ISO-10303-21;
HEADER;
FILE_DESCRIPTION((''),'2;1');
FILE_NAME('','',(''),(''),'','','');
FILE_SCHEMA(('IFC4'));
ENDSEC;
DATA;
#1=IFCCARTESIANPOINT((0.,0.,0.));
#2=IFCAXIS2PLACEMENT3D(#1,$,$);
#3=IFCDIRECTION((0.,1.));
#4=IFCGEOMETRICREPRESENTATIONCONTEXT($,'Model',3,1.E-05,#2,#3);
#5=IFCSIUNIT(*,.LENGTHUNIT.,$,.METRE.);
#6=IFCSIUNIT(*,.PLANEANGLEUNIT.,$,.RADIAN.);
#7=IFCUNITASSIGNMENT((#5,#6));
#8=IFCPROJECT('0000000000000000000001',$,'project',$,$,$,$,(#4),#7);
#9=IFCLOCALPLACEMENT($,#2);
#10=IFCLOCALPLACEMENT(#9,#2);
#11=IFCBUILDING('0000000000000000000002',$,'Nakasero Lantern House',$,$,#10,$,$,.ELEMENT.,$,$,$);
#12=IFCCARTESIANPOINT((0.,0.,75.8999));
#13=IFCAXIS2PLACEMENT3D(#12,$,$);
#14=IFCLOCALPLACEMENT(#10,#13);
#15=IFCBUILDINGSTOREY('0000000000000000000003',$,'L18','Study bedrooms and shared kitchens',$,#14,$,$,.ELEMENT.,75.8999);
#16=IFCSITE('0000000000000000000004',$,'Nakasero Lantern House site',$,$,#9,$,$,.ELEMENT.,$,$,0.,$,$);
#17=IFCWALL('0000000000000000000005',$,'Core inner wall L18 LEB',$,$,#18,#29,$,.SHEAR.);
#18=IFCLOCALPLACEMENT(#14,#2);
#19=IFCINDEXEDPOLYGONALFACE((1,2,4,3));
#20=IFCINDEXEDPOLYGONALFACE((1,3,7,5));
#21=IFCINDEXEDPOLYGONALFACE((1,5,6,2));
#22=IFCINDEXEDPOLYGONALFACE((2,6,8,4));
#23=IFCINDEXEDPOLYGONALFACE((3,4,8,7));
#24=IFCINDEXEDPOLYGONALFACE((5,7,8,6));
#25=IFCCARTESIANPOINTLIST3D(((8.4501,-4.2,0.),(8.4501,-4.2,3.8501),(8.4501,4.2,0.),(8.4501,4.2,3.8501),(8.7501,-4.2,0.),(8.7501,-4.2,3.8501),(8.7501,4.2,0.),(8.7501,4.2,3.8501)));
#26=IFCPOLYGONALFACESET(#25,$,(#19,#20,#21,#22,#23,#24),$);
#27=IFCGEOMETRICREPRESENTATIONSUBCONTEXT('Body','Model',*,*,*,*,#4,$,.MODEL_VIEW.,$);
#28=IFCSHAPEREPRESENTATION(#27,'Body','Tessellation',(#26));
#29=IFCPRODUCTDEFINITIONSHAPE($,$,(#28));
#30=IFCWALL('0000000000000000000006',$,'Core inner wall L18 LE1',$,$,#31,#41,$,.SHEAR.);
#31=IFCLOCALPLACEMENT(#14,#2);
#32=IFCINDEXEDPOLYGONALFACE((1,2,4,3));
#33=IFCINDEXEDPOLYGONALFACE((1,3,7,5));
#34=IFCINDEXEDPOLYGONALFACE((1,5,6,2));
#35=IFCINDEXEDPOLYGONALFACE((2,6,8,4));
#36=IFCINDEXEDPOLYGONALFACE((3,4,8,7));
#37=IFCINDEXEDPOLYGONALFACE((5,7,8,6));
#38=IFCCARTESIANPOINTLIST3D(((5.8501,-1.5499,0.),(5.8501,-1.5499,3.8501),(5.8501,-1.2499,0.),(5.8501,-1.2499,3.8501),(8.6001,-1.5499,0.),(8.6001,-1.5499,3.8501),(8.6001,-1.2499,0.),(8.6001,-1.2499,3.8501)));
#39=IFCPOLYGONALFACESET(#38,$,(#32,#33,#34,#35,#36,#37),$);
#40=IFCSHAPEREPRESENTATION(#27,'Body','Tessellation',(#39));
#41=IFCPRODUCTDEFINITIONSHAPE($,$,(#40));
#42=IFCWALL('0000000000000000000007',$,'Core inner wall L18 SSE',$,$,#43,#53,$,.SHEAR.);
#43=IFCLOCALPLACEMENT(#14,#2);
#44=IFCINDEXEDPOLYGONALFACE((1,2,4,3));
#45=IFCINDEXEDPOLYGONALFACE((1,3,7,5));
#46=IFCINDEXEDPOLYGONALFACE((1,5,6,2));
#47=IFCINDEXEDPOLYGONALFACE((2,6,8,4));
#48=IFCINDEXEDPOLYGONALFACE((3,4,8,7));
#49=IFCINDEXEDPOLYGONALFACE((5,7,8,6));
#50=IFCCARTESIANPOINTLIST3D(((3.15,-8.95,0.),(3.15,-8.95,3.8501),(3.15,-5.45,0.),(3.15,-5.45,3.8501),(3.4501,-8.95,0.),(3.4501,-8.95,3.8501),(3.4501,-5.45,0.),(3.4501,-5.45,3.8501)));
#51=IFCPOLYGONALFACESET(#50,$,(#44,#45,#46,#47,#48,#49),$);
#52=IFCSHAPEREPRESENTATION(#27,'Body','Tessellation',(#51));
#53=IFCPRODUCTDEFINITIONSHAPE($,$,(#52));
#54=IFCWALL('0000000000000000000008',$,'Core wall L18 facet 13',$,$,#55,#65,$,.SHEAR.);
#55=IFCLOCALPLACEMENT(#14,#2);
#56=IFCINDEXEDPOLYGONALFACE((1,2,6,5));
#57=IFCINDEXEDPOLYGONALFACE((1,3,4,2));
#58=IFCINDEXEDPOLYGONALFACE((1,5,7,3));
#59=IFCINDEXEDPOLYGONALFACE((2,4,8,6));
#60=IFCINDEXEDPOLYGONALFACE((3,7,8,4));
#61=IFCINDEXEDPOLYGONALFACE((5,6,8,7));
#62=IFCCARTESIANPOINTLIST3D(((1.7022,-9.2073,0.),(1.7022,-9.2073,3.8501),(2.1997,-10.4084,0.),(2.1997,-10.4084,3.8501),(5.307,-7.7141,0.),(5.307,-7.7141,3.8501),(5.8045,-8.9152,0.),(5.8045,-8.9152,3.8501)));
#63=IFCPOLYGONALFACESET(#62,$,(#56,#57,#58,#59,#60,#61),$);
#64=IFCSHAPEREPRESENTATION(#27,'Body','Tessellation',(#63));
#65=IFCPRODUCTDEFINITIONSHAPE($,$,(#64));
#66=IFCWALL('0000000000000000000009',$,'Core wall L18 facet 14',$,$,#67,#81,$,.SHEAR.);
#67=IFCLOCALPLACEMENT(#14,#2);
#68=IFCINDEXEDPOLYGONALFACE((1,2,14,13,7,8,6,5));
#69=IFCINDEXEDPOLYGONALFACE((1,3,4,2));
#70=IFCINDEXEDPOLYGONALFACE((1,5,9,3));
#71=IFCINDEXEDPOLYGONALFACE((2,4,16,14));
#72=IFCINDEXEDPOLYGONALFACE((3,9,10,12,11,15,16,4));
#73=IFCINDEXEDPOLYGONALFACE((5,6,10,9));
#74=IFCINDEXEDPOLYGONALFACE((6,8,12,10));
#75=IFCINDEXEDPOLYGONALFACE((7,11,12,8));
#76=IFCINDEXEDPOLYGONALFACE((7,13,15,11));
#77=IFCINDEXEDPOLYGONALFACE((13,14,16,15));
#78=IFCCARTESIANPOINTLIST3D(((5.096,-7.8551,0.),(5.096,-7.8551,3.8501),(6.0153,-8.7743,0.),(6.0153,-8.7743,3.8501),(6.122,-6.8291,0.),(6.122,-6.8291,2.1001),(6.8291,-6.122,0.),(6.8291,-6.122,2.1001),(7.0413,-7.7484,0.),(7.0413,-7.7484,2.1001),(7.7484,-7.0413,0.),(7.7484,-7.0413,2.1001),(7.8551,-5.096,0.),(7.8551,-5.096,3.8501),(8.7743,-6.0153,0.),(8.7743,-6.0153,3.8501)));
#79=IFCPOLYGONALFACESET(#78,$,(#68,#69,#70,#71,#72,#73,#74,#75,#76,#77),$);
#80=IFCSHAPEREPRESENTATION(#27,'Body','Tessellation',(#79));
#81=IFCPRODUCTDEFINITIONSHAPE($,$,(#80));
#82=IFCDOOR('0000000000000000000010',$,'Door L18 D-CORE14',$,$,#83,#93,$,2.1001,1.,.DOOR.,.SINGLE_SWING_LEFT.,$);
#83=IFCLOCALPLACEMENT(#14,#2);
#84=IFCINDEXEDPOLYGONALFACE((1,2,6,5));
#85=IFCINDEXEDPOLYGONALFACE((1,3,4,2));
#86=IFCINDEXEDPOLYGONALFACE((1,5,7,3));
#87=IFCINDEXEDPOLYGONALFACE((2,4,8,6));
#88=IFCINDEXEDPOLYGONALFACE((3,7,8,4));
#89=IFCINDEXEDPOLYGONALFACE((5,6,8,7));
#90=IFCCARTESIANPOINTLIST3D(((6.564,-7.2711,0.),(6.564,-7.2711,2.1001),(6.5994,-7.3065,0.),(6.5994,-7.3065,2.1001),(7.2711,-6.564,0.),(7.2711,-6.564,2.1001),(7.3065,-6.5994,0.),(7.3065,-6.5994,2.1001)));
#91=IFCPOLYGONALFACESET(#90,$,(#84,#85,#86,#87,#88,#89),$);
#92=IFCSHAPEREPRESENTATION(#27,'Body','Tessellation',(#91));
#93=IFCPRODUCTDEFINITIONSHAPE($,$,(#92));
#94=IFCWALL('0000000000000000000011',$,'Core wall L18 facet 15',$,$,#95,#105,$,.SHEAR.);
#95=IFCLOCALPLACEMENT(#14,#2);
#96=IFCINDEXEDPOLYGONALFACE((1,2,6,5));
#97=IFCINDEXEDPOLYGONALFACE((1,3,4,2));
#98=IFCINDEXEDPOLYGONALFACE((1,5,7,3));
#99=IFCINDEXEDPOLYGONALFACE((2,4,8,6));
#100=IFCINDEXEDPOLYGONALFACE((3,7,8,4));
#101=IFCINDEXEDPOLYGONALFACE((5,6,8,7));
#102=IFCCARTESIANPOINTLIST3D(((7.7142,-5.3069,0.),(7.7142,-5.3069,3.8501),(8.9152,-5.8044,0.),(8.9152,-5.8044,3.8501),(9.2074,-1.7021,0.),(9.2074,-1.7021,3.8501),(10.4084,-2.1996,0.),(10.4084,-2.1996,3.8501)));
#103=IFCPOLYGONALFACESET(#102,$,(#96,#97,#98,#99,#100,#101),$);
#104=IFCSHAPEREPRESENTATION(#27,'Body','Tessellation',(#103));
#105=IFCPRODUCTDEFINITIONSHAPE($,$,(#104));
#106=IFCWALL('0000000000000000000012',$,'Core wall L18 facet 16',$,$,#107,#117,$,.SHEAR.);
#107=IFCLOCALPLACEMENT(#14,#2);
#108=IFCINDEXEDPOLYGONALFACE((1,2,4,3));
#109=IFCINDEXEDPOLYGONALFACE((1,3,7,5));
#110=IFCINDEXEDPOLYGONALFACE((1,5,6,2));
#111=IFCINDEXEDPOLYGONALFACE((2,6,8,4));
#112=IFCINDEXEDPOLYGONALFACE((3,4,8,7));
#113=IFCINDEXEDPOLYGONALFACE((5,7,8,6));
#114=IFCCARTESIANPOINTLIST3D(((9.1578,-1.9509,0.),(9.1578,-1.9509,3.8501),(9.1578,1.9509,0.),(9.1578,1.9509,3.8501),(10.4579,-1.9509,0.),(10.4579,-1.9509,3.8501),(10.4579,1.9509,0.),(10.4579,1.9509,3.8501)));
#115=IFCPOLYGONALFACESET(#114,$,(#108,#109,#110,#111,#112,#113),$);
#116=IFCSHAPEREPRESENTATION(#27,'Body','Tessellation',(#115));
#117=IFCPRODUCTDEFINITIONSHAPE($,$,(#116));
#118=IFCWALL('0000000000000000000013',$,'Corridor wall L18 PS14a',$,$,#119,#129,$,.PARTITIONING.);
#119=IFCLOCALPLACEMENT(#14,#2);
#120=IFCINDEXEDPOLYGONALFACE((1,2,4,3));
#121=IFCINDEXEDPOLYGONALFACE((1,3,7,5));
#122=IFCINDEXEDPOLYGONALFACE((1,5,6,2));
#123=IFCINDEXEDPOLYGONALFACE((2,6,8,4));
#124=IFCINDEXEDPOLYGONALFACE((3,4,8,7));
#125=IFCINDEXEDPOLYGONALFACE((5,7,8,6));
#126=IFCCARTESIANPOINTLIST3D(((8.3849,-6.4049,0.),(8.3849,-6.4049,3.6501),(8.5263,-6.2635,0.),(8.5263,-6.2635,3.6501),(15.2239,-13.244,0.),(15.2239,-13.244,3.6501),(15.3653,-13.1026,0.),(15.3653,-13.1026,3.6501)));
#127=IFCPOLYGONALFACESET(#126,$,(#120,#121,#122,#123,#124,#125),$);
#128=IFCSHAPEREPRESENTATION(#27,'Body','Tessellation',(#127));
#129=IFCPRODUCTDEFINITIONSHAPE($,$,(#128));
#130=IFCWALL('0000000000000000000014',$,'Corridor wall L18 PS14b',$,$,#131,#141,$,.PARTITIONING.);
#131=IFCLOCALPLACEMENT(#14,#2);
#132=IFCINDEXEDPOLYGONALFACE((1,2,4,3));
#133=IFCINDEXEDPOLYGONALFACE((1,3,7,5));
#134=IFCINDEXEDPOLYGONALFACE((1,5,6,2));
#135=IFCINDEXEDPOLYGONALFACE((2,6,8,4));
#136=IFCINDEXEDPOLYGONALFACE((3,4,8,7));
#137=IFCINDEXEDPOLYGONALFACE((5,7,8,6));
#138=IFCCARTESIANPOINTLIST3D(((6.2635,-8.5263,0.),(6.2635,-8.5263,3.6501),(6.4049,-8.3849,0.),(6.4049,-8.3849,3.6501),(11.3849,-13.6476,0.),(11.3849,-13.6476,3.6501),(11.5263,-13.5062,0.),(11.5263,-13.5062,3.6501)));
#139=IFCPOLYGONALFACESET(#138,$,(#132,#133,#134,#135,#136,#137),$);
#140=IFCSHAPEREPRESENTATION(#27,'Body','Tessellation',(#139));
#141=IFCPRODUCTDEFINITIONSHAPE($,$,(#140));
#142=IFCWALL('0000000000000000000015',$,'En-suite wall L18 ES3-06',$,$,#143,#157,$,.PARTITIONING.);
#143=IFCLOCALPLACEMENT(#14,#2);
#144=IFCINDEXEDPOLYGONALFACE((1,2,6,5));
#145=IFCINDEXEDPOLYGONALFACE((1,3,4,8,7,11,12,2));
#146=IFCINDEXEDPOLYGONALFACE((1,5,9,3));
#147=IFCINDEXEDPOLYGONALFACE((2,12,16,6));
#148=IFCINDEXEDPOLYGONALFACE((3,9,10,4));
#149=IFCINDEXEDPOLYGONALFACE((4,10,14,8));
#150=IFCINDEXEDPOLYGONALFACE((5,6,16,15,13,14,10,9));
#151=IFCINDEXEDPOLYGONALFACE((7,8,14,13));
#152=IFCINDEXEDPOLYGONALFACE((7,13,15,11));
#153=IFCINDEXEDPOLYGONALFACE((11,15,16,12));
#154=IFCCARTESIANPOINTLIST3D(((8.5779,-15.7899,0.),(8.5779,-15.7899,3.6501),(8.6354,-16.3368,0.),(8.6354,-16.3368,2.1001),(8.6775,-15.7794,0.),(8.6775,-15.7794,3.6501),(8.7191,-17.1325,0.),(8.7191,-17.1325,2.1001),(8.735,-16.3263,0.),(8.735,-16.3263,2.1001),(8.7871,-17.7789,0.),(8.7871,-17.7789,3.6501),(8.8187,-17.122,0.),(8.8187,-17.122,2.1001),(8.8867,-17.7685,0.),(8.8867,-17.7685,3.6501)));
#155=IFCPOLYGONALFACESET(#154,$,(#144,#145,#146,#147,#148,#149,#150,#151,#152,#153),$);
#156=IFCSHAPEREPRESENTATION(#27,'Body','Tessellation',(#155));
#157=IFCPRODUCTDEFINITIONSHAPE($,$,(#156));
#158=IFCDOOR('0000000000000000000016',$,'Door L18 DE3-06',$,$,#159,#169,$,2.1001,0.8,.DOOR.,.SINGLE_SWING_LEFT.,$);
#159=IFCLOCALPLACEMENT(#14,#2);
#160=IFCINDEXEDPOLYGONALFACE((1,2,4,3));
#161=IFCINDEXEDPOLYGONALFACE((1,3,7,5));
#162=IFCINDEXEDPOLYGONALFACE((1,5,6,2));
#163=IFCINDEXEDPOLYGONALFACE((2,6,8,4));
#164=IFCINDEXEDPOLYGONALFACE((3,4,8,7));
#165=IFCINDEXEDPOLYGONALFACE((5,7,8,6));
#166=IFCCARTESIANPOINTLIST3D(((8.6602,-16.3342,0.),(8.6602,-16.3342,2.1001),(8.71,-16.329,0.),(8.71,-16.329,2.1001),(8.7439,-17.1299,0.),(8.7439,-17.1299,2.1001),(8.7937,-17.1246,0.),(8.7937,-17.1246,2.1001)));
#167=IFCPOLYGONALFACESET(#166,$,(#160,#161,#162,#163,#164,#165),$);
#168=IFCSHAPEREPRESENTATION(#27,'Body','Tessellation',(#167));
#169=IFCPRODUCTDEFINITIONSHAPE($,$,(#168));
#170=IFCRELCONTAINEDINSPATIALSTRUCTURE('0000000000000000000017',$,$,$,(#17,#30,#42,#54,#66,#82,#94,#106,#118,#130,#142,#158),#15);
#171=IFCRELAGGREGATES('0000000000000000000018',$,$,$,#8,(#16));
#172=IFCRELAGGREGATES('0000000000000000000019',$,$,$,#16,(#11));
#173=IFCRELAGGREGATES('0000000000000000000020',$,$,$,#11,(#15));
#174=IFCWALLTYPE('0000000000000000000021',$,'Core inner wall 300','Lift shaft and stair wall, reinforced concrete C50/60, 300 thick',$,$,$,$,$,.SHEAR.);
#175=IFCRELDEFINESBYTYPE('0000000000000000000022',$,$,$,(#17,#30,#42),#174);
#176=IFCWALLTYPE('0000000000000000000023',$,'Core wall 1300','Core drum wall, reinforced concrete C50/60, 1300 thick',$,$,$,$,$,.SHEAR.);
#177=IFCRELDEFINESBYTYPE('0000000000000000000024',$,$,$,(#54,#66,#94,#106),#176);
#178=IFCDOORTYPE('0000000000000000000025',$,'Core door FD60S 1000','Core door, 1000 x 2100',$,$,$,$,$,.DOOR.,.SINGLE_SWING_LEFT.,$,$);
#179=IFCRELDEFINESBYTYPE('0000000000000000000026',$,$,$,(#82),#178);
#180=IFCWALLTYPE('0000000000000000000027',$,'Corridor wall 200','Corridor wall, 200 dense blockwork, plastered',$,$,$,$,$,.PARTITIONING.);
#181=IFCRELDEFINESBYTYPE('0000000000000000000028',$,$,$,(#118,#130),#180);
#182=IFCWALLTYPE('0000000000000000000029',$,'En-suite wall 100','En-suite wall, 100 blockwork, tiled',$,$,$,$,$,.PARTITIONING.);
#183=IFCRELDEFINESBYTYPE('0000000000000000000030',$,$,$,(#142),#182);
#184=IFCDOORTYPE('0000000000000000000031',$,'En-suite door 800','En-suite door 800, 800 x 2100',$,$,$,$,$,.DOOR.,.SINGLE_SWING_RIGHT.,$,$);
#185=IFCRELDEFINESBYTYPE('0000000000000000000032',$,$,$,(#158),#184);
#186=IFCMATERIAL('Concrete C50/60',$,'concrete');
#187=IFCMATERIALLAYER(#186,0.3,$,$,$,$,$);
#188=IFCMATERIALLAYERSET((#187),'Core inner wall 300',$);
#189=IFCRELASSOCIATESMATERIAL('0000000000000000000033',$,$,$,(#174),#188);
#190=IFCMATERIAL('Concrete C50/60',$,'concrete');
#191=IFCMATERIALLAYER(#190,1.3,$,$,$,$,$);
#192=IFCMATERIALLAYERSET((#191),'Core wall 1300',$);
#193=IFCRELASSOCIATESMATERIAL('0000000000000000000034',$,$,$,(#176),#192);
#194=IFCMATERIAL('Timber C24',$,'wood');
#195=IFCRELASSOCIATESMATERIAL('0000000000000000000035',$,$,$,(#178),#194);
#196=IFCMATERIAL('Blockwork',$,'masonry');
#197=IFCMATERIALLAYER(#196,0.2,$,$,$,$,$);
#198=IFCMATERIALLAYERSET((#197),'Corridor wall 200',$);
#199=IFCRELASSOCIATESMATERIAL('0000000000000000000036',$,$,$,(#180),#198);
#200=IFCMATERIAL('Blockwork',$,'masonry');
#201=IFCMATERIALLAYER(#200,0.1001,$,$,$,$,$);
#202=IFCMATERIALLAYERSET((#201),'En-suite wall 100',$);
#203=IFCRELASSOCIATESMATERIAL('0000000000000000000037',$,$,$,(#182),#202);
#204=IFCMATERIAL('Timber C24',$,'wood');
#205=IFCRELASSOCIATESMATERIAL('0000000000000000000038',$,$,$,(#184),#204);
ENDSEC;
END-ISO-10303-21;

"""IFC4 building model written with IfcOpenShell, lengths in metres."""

from ifc_helpers import new_model, si_unit, direction, frame, frame_2d, origin, place, context, subcontext, project, spatial, rectangle, extrude, material, layer, layer_set, type_object, element, fill, save


model = new_model("IFC4")

# Units and contexts
model_context = context("Model", 3, precision=1e-05, world=origin(), true_north=direction((0.0, 1.0)))
body_context = subcontext(model_context, "Body", "Model", "MODEL_VIEW")
ifc_project = project(units=[si_unit("LENGTHUNIT", "METRE"), si_unit("PLANEANGLEUNIT", "RADIAN")], contexts=[model_context])

# Site, building, storey
site_placement = place(None, origin())
site = spatial("IfcSite", under=ifc_project, at=site_placement, Name="Nakasero Lantern House site", CompositionType="ELEMENT", RefElevation=0.0)
building_placement = place(site_placement, origin())
building = spatial("IfcBuilding", under=site, at=building_placement, Name="Nakasero Lantern House", CompositionType="ELEMENT")
storey_placement = place(building_placement, frame((0.0, 0.0, 75.8999)))
storey = spatial("IfcBuildingStorey", under=building, at=storey_placement, Name="L18", Description="Study bedrooms and shared kitchens", CompositionType="ELEMENT", Elevation=75.8999)

# Shared definitions
ifc_material_1 = material(Name="Concrete C50/60", Category="concrete")
ifc_layer_1 = layer(ifc_material_1, 0.3)
ifc_layer_set_1 = layer_set([ifc_layer_1], Name="Core inner wall 300")
wall_type_1 = type_object("IfcWallType", Name="Core inner wall 300", Description="Lift shaft and stair wall, reinforced concrete C50/60, 300 thick", PredefinedType="SHEAR", material=ifc_layer_set_1)

# Walls
wall_1_placement = place(storey_placement, frame((8.6001, -4.2, 0.0), z_axis=(0.0, 0.0, 1.0), x_axis=(0.0, 1.0, 0.0)))
element("IfcWall", 1, at=wall_1_placement, inside=storey, type_object=wall_type_1, Name="Core inner wall L18 LEB", PredefinedType="SHEAR", context=body_context, shape_type="SweptSolid", body=[
    extrude(rectangle(XDim=8.3999, YDim=0.3, at=frame_2d((4.2, 0.0))), origin(), (0.0, 0.0, 1.0), 3.8501),
])
wall_2_placement = place(storey_placement, frame((5.8501, -1.3999, 0.0), z_axis=(0.0, 0.0, 1.0), x_axis=(1.0, 0.0, 0.0)))
element("IfcWall", 2, at=wall_2_placement, inside=storey, type_object=wall_type_1, Name="Core inner wall L18 LE1", PredefinedType="SHEAR", context=body_context, shape_type="SweptSolid", body=[
    extrude(rectangle(XDim=2.75, YDim=0.3, at=frame_2d((1.375, 0.0))), origin(), (0.0, 0.0, 1.0), 3.8501),
])
wall_3_placement = place(storey_placement, frame((3.3, -5.45, 0.0), z_axis=(0.0, 0.0, 1.0), x_axis=(0.0, -1.0, 0.0)))
element("IfcWall", 3, at=wall_3_placement, inside=storey, type_object=wall_type_1, Name="Core inner wall L18 SSE", PredefinedType="SHEAR", context=body_context, shape_type="SweptSolid", body=[
    extrude(rectangle(XDim=3.5, YDim=0.3, at=frame_2d((1.75, 0.0))), origin(), (0.0, 0.0, 1.0), 3.8501),
])
ifc_material_2 = material(Name="Concrete C50/60", Category="concrete")
ifc_layer_2 = layer(ifc_material_2, 1.3)
ifc_layer_set_2 = layer_set([ifc_layer_2], Name="Core wall 1300")
wall_type_2 = type_object("IfcWallType", Name="Core wall 1300", Description="Core drum wall, reinforced concrete C50/60, 1300 thick", PredefinedType="SHEAR", material=ifc_layer_set_2)
wall_4_placement = place(storey_placement, frame((1.9509, -9.8079, 0.0), z_axis=(0.0, 0.0, 1.0), x_axis=(0.923877, 0.382691, 0.0)))
element("IfcWall", 4, at=wall_4_placement, inside=storey, type_object=wall_type_2, Name="Core wall L18 facet 13", PredefinedType="SHEAR", context=body_context, shape_type="SweptSolid", body=[
    extrude(rectangle(XDim=3.9019, YDim=1.3, at=frame_2d((1.9509, 0.0))), origin(), (0.0, 0.0, 1.0), 3.8501),
])

# Wall, opening, door
wall_5_placement = place(storey_placement, frame((5.5557, -8.3147, 0.0), z_axis=(0.0, 0.0, 1.0), x_axis=(0.707107, 0.707107, 0.0)))
wall_5 = element("IfcWall", 5, at=wall_5_placement, inside=storey, type_object=wall_type_2, Name="Core wall L18 facet 14", PredefinedType="SHEAR", context=body_context, shape_type="SweptSolid", body=[
    extrude(rectangle(XDim=3.9019, YDim=1.3, at=frame_2d((1.9509, 0.0))), origin(), (0.0, 0.0, 1.0), 3.8501),
])
opening_1_placement = place(wall_5_placement, frame((1.4509, 0.0, 0.0)))
opening_1 = element("IfcOpeningElement", 6, at=opening_1_placement, cuts=wall_5, PredefinedType="OPENING", context=body_context, shape_type="SweptSolid", body=[
    extrude(rectangle(XDim=1.0, YDim=2.1001, at=frame_2d((0.5, 1.05))), frame((0.0, 0.6699, 0.0), z_axis=(0.0, -1.0, 0.0), x_axis=(1.0, 0.0, 0.0)), (0.0, 0.0, 1.0), 1.3401),
])
ifc_material_3 = material(Name="Timber C24", Category="wood")
door_type_1 = type_object("IfcDoorType", Name="Core door FD60S 1000", Description="Core door, 1000 x 2100", OperationType="SINGLE_SWING_LEFT", PredefinedType="DOOR", material=ifc_material_3)
door_1_placement = place(opening_1_placement, origin())
door_1 = element("IfcDoor", 7, at=door_1_placement, inside=storey, type_object=door_type_1, Name="Door L18 D-CORE14", OperationType="SINGLE_SWING_LEFT", OverallHeight=2.1001, OverallWidth=1.0, PredefinedType="DOOR", context=body_context, shape_type="SweptSolid", body=[
    extrude(rectangle(XDim=1.0, YDim=2.1001, at=frame_2d((0.5, 1.05))), frame((0.0, 0.0249, 0.0), z_axis=(0.0, -1.0, 0.0), x_axis=(1.0, 0.0, 0.0)), (0.0, 0.0, 1.0), 0.05),
])
fill(opening_1, door_1)

# Walls
for number, where, z_axis, x_axis, name in (
    (8, (8.3147, -5.5557, 0.0), (0.0, 0.0, 1.0), (0.382691, 0.923877, 0.0), "Core wall L18 facet 15"),
    (9, (9.8079, -1.9509, 0.0), (0.0, 0.0, 1.0), (0.0, 1.0, 0.0), "Core wall L18 facet 16"),
):
    element("IfcWall", number, at=place(storey_placement, frame(where, z_axis=z_axis, x_axis=x_axis)), inside=storey, type_object=wall_type_2, Name=name, PredefinedType="SHEAR", context=body_context, shape_type="SweptSolid", body=[
        extrude(rectangle(XDim=3.9019, YDim=1.3, at=frame_2d((1.9509, 0.0))), origin(), (0.0, 0.0, 1.0), 3.8501),
    ])
ifc_material_4 = material(Name="Blockwork", Category="masonry")
ifc_layer_3 = layer(ifc_material_4, 0.2)
ifc_layer_set_3 = layer_set([ifc_layer_3], Name="Corridor wall 200")
wall_type_3 = type_object("IfcWallType", Name="Corridor wall 200", Description="Corridor wall, 200 dense blockwork, plastered", PredefinedType="PARTITIONING", material=ifc_layer_set_3)
wall_6_placement = place(storey_placement, frame((8.4556, -6.3342, 0.0), z_axis=(0.0, 0.0, 1.0), x_axis=(0.707107, -0.707107, 0.0)))
element("IfcWall", 10, at=wall_6_placement, inside=storey, type_object=wall_type_3, Name="Corridor wall L18 PS14a", PredefinedType="PARTITIONING", context=body_context, shape_type="SweptSolid", body=[
    extrude(rectangle(XDim=9.6719, YDim=0.2, at=frame_2d((4.8359, 0.0))), origin(), (0.0, 0.0, 1.0), 3.6501),
])
wall_7_placement = place(storey_placement, frame((6.3342, -8.4556, 0.0), z_axis=(0.0, 0.0, 1.0), x_axis=(0.707107, -0.707107, 0.0)))
element("IfcWall", 11, at=wall_7_placement, inside=storey, type_object=wall_type_3, Name="Corridor wall L18 PS14b", PredefinedType="PARTITIONING", context=body_context, shape_type="SweptSolid", body=[
    extrude(rectangle(XDim=7.2427, YDim=0.2, at=frame_2d((3.6213, 0.0))), origin(), (0.0, 0.0, 1.0), 3.6501),
])

# Wall, opening, door
ifc_material_5 = material(Name="Blockwork", Category="masonry")
ifc_layer_4 = layer(ifc_material_5, 0.1001)
ifc_layer_set_4 = layer_set([ifc_layer_4], Name="En-suite wall 100")
wall_type_4 = type_object("IfcWallType", Name="En-suite wall 100", Description="En-suite wall, 100 blockwork, tiled", PredefinedType="PARTITIONING", material=ifc_layer_set_4)
wall_8_placement = place(storey_placement, frame((8.6277, -15.7847, 0.0), z_axis=(0.0, 0.0, 1.0), x_axis=(0.104615, -0.994513, 0.0)))
wall_8 = element("IfcWall", 12, at=wall_8_placement, inside=storey, type_object=wall_type_4, Name="En-suite wall L18 ES3-06", PredefinedType="PARTITIONING", context=body_context, shape_type="SweptSolid", body=[
    extrude(rectangle(XDim=2.0, YDim=0.1001, at=frame_2d((1.0, 0.0))), origin(), (0.0, 0.0, 1.0), 3.6501),
])
opening_2_placement = place(wall_8_placement, frame((0.55, 0.0, 0.0)))
opening_2 = element("IfcOpeningElement", 13, at=opening_2_placement, cuts=wall_8, PredefinedType="OPENING", context=body_context, shape_type="SweptSolid", body=[
    extrude(rectangle(XDim=0.8, YDim=2.1001, at=frame_2d((0.3999, 1.05))), frame((0.0, 0.0701, 0.0), z_axis=(0.0, -1.0, 0.0), x_axis=(1.0, 0.0, 0.0)), (0.0, 0.0, 1.0), 0.1401),
])
ifc_material_6 = material(Name="Timber C24", Category="wood")
door_type_2 = type_object("IfcDoorType", Name="En-suite door 800", Description="En-suite door 800, 800 x 2100", OperationType="SINGLE_SWING_RIGHT", PredefinedType="DOOR", material=ifc_material_6)
door_2_placement = place(opening_2_placement, origin())
door_2 = element("IfcDoor", 14, at=door_2_placement, inside=storey, type_object=door_type_2, Name="Door L18 DE3-06", OperationType="SINGLE_SWING_LEFT", OverallHeight=2.1001, OverallWidth=0.8, PredefinedType="DOOR", context=body_context, shape_type="SweptSolid", body=[
    extrude(rectangle(XDim=0.8, YDim=2.1001, at=frame_2d((0.3999, 1.05))), frame((0.0, 0.0249, 0.0), z_axis=(0.0, -1.0, 0.0), x_axis=(1.0, 0.0, 0.0)), (0.0, 0.0, 1.0), 0.05),
])
fill(opening_2, door_2)

save(model, "model.ifc")
